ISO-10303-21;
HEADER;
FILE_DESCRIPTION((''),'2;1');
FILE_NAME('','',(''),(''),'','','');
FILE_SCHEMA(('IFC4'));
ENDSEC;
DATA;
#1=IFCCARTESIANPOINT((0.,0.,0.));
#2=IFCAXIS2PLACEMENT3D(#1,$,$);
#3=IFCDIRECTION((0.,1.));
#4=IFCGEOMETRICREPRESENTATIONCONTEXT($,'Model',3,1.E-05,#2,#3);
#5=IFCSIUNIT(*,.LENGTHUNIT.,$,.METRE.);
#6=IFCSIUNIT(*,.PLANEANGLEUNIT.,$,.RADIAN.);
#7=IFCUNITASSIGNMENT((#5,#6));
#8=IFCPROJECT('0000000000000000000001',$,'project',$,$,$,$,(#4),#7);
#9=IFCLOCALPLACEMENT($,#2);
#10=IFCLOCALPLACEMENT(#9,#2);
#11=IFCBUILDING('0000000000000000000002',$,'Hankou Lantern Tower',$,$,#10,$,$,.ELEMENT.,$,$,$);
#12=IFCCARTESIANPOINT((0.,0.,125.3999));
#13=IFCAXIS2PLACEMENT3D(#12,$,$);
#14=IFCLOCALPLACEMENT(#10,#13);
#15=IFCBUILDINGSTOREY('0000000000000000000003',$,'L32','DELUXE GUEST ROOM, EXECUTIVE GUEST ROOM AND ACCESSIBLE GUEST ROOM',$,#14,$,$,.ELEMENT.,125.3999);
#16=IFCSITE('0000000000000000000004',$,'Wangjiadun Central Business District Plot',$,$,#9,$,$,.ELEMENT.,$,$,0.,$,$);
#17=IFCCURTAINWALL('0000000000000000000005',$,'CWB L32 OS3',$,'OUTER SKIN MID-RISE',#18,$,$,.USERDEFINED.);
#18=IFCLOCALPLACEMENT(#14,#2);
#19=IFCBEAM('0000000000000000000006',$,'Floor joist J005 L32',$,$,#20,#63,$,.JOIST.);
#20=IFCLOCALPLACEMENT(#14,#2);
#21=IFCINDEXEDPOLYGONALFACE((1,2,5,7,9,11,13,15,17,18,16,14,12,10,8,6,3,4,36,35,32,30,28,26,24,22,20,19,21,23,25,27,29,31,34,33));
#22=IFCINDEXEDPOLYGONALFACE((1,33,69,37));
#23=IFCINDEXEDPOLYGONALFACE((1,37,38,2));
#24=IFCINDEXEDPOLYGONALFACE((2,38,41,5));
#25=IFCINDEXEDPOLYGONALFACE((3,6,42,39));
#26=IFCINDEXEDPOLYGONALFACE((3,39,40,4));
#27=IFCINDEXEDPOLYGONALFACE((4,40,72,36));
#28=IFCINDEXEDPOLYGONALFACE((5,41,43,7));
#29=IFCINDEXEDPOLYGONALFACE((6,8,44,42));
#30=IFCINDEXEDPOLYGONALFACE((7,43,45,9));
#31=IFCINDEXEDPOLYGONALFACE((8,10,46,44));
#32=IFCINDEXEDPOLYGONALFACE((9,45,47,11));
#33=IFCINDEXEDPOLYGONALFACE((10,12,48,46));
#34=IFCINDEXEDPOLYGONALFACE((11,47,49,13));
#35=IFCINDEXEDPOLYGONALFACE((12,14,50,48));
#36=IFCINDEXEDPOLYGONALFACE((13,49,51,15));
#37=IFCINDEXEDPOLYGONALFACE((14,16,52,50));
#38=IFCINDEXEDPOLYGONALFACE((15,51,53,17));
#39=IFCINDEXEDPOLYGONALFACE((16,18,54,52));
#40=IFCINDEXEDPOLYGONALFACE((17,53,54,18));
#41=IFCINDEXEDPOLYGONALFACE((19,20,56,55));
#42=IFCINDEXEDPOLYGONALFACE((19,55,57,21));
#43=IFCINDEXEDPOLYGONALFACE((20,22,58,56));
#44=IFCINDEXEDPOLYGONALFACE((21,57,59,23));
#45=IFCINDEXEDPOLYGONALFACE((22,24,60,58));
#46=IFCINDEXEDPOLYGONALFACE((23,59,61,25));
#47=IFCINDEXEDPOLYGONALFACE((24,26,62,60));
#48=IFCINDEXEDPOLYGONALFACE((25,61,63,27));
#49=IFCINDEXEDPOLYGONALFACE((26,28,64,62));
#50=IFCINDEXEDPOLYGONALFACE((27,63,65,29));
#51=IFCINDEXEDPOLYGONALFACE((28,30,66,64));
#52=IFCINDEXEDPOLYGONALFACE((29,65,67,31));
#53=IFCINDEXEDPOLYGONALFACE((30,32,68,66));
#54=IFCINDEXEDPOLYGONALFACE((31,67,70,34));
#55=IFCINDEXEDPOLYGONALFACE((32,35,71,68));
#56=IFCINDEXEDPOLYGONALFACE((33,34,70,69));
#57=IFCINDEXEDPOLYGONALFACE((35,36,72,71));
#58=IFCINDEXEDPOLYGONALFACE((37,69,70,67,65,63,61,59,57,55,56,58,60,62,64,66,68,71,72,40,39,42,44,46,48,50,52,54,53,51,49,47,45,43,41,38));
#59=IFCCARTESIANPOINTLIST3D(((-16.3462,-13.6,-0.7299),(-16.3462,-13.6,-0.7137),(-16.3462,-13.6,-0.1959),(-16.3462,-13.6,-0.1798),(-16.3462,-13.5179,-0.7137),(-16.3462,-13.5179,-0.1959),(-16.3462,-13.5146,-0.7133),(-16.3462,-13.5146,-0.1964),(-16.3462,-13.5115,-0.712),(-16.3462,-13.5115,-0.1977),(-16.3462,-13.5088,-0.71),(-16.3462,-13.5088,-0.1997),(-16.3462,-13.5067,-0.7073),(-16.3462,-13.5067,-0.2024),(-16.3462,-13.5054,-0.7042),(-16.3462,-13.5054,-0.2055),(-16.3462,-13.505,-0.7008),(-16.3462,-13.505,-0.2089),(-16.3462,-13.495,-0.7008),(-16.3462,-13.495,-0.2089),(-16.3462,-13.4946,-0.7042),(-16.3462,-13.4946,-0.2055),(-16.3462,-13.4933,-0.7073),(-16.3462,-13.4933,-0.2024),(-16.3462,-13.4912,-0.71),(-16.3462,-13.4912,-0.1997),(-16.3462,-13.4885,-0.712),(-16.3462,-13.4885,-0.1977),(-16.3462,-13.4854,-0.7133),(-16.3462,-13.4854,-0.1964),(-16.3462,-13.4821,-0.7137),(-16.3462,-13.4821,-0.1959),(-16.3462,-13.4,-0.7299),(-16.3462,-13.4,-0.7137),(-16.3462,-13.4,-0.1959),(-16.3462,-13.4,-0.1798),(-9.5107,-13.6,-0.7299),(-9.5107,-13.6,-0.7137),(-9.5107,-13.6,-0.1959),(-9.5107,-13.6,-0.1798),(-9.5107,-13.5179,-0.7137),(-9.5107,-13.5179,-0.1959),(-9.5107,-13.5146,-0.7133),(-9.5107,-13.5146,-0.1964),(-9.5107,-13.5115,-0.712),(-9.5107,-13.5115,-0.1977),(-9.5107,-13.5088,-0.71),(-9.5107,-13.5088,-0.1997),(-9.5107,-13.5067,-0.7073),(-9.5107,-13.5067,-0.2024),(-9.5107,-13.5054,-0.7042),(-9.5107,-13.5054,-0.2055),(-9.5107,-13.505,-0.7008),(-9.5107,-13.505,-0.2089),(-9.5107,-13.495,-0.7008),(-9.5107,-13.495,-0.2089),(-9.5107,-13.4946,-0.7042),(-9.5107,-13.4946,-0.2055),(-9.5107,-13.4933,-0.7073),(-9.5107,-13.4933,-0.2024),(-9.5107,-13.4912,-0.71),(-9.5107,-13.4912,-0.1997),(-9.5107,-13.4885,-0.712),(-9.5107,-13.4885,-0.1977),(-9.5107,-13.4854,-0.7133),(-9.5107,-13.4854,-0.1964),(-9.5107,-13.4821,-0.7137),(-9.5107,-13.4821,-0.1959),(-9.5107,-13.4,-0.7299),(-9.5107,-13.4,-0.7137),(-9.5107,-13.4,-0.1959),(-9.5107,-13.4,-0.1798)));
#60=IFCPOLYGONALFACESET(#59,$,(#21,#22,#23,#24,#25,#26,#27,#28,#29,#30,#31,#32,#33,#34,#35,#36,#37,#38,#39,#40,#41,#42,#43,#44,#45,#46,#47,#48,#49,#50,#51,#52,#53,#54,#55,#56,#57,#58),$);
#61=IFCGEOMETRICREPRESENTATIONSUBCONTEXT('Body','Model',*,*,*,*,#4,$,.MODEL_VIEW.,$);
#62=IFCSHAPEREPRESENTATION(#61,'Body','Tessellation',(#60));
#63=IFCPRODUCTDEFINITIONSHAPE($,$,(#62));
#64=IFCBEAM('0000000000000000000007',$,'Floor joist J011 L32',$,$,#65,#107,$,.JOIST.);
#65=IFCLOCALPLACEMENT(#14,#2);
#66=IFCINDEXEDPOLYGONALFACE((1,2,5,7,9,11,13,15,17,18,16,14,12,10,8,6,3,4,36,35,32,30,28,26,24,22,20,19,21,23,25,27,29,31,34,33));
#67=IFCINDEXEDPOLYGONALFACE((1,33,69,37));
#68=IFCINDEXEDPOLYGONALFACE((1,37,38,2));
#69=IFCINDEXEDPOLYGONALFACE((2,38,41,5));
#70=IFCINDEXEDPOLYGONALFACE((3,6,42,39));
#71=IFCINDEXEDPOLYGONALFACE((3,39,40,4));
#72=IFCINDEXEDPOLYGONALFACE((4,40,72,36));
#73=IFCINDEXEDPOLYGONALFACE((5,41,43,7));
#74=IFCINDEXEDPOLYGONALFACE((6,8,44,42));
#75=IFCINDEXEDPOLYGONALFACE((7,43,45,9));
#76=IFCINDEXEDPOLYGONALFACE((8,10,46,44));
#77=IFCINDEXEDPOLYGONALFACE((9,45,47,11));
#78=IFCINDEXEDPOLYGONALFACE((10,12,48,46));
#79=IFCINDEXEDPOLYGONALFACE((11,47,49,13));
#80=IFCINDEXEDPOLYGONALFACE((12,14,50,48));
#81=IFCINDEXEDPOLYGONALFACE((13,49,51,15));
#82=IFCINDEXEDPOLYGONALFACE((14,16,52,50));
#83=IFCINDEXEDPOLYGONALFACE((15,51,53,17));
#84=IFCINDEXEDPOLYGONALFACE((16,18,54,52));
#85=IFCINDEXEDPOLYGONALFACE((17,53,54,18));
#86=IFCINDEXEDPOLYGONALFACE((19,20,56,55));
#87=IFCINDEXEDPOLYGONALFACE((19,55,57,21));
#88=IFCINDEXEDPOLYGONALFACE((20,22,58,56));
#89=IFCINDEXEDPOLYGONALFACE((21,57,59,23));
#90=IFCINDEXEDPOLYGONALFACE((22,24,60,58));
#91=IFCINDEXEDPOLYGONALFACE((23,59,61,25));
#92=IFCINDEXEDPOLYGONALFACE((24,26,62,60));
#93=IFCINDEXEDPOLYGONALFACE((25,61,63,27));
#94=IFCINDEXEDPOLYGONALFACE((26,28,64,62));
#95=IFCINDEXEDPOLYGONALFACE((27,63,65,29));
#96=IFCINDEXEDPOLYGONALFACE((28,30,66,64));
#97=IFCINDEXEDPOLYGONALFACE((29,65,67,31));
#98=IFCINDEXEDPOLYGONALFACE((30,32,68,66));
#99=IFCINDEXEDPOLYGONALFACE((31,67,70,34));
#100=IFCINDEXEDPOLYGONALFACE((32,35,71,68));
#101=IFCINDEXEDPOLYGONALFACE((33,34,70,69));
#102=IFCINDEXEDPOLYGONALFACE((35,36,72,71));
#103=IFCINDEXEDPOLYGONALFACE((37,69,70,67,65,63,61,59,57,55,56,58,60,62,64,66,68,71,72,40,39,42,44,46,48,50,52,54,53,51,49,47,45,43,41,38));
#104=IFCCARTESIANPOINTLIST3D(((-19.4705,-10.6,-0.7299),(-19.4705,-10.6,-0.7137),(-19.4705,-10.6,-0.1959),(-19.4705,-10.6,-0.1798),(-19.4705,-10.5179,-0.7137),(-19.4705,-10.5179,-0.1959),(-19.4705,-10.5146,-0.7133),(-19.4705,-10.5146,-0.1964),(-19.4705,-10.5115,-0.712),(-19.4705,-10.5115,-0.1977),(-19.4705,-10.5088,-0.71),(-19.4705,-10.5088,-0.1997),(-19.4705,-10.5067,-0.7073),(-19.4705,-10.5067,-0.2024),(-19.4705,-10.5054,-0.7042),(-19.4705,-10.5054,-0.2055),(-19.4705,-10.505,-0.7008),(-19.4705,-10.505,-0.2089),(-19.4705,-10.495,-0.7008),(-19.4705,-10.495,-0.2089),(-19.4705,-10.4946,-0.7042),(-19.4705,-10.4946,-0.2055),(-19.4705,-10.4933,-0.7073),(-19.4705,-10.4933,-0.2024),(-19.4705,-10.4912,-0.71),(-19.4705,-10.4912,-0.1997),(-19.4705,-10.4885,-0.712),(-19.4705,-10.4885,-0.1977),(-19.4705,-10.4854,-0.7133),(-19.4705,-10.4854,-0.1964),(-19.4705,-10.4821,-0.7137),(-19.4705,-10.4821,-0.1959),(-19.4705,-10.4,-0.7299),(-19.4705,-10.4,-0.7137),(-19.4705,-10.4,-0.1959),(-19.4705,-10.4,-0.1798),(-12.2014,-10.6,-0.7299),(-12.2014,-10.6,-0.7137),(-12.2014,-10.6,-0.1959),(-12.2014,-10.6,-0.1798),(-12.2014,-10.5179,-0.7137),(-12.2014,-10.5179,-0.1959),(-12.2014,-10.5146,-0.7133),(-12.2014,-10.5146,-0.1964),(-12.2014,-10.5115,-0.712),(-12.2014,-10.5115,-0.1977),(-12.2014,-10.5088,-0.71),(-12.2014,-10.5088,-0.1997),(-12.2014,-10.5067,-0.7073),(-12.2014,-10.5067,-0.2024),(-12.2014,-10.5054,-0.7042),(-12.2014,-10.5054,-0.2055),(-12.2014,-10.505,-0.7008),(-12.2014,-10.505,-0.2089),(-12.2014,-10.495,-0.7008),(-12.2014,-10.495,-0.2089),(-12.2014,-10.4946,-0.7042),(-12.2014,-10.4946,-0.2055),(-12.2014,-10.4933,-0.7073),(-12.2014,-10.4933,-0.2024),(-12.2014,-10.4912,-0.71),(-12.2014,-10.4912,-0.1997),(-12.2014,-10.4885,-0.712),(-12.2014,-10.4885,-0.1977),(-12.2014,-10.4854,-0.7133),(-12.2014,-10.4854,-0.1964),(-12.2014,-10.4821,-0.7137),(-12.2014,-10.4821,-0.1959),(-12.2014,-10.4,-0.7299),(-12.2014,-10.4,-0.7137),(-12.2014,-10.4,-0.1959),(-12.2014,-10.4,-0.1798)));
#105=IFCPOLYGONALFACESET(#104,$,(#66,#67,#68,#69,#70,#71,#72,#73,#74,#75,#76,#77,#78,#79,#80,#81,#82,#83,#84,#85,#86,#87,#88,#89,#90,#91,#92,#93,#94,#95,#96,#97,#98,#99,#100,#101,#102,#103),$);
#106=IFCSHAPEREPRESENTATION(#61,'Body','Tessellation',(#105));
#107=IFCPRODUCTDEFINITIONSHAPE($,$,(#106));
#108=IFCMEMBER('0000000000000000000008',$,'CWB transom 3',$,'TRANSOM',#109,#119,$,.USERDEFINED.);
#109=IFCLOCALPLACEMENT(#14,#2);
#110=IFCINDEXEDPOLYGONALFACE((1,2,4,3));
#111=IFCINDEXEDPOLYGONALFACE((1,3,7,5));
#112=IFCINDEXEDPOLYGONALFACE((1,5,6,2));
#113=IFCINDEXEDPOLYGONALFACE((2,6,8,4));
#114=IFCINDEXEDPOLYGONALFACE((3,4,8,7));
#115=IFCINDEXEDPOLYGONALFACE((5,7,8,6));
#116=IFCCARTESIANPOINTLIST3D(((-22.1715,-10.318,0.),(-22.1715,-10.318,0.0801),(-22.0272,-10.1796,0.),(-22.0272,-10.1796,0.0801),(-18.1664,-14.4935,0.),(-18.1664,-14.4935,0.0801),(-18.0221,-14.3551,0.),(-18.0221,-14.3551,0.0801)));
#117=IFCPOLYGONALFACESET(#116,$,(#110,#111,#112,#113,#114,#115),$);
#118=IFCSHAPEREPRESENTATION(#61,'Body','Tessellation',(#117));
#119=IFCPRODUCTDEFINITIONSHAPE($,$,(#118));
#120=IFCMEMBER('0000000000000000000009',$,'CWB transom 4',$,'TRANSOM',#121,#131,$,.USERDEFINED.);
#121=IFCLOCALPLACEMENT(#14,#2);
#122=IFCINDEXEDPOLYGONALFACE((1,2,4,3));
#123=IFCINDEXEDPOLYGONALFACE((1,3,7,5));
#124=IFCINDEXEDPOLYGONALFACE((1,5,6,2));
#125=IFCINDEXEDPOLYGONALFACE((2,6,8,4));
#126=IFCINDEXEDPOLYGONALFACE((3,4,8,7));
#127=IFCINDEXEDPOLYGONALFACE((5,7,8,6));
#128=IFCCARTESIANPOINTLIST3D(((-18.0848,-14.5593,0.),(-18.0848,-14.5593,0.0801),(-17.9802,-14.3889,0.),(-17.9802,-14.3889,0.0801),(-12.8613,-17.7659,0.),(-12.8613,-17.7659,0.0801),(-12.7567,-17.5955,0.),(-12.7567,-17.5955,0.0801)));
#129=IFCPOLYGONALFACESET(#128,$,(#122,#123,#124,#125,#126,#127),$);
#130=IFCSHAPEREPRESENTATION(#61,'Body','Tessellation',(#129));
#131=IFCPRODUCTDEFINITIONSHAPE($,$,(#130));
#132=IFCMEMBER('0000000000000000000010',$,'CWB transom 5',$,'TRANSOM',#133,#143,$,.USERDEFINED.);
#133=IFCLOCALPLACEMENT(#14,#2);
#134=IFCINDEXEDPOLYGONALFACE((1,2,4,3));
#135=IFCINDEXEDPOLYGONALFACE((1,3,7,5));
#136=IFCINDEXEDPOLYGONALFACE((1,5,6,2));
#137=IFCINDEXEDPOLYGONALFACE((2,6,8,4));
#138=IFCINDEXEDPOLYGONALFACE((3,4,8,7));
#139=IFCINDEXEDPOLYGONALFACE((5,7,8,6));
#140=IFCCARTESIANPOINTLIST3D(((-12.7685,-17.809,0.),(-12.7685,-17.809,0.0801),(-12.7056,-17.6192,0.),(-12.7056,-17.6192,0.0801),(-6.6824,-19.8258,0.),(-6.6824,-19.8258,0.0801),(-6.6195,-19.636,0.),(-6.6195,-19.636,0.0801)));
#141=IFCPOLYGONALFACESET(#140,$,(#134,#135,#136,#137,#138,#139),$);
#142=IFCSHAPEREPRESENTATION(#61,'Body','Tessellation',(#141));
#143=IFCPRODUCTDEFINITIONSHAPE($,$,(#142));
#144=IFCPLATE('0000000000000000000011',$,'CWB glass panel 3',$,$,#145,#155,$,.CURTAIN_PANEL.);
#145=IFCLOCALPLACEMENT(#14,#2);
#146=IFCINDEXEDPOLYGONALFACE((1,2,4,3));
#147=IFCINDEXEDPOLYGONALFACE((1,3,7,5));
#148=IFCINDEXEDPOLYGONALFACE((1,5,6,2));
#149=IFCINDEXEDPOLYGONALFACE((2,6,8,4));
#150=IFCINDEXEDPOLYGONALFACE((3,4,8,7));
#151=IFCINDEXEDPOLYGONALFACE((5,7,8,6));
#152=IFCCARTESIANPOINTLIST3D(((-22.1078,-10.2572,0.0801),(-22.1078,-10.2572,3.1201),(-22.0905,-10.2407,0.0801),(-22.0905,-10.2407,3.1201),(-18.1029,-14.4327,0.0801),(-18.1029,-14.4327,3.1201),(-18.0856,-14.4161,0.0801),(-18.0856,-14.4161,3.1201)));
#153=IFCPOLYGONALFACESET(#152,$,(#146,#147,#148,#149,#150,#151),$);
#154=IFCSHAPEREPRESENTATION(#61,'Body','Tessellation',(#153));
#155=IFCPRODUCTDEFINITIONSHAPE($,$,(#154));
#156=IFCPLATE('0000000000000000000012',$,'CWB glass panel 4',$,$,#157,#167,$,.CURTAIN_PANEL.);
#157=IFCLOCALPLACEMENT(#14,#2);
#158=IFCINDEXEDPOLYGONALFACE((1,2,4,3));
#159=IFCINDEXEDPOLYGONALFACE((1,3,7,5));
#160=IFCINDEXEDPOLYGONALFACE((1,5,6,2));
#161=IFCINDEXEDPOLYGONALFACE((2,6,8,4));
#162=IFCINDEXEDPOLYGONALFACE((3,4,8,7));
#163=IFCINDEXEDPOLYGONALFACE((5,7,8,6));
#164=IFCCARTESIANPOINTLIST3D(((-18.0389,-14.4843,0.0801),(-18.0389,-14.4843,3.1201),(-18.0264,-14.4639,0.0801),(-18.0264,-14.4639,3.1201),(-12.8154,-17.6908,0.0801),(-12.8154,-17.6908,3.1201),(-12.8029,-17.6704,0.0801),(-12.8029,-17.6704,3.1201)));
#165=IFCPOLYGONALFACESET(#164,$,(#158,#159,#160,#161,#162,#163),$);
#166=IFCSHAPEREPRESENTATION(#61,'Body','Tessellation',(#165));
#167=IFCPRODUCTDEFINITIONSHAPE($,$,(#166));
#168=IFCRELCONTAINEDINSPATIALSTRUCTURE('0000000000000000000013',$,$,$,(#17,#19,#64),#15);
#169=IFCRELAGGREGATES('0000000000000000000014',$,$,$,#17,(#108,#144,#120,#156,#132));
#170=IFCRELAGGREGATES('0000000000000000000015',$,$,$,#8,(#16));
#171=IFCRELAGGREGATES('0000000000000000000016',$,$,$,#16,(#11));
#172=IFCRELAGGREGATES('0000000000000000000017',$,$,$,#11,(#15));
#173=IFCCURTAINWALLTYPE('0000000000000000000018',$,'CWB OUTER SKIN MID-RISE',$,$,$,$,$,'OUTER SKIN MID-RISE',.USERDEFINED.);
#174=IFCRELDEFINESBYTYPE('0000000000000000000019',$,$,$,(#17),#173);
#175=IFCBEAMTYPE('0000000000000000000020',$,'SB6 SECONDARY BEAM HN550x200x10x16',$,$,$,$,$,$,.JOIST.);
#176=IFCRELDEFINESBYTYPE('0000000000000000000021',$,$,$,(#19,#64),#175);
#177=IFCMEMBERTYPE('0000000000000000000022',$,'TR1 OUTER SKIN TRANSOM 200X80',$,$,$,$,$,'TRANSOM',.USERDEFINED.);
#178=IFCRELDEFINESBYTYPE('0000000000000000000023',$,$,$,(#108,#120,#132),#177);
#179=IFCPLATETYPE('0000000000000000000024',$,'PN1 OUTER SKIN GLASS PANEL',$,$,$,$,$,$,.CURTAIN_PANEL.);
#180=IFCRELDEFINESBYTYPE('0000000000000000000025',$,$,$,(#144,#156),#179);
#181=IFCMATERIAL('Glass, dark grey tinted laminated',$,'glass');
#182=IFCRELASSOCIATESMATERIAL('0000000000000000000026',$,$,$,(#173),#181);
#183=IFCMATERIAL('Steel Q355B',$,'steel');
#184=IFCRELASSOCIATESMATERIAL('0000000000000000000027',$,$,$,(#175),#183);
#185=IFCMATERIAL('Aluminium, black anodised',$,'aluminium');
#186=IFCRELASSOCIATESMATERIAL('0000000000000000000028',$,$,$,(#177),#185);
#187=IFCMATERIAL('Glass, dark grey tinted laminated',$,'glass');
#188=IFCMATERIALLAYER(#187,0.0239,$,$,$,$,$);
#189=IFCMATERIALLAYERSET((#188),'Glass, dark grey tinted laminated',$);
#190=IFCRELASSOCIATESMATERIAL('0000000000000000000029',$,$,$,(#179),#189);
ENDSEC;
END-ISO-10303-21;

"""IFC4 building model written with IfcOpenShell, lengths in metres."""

from ifc_helpers import new_model, si_unit, direction, frame, origin, origin_2d, place, context, subcontext, project, spatial, rectangle, i_section, extrude, material, layer, layer_set, material_profile, profile_set, type_object, element, aggregate, save


model = new_model("IFC4")

# Units and contexts
model_context = context("Model", 3, precision=1e-05, world=origin(), true_north=direction((0.0, 1.0)))
body_context = subcontext(model_context, "Body", "Model", "MODEL_VIEW")
ifc_project = project(units=[si_unit("LENGTHUNIT", "METRE"), si_unit("PLANEANGLEUNIT", "RADIAN")], contexts=[model_context])

# Site, building, storey
site_placement = place(None, origin())
site = spatial("IfcSite", under=ifc_project, at=site_placement, Name="Wangjiadun Central Business District Plot", CompositionType="ELEMENT", RefElevation=0.0)
building_placement = place(site_placement, origin())
building = spatial("IfcBuilding", under=site, at=building_placement, Name="Hankou Lantern Tower", CompositionType="ELEMENT")
storey_placement = place(building_placement, frame((0.0, 0.0, 125.3999)))
storey = spatial("IfcBuildingStorey", under=building, at=storey_placement, Name="L32", Description="DELUXE GUEST ROOM, EXECUTIVE GUEST ROOM AND ACCESSIBLE GUEST ROOM", CompositionType="ELEMENT", Elevation=125.3999)

# Curtain wall
ifc_material_1 = material(Name="Glass, dark grey tinted laminated", Category="glass")
curtain_wall_type = type_object("IfcCurtainWallType", Name="CWB OUTER SKIN MID-RISE", ElementType="OUTER SKIN MID-RISE", PredefinedType="USERDEFINED", material=ifc_material_1)
curtain_wall_placement = place(storey_placement, origin())
curtain_wall = element("IfcCurtainWall", 1, at=curtain_wall_placement, inside=storey, type_object=curtain_wall_type, Name="CWB L32 OS3", ObjectType="OUTER SKIN MID-RISE", PredefinedType="USERDEFINED")

# Beams
ifc_material_2 = material(Name="Steel Q355B", Category="steel")
ifc_material_profile_1 = material_profile(ifc_material_2, i_section(OverallWidth=0.2, OverallDepth=0.55, WebThickness=0.01, FlangeThickness=0.0161, FilletRadius=0.0129, at=origin_2d()), Name="HN550x200x10x16")
ifc_profile_set_1 = profile_set([ifc_material_profile_1], Name="Steel Q355B")
beam_type_1 = type_object("IfcBeamType", Name="SB6 SECONDARY BEAM HN550x200x10x16", PredefinedType="JOIST", material=ifc_profile_set_1)
beam_1_placement = place(storey_placement, frame((-16.3462, -13.5, -0.4548), z_axis=(1.0, 0.0, 0.0), x_axis=(0.0, 1.0, 0.0)))
element("IfcBeam", 2, at=beam_1_placement, inside=storey, type_object=beam_type_1, Name="Floor joist J005 L32", PredefinedType="JOIST", context=body_context, shape_type="SweptSolid", body=[
    extrude(i_section(OverallWidth=0.2, OverallDepth=0.55, WebThickness=0.01, FlangeThickness=0.0161, FilletRadius=0.0129, at=origin_2d()), origin(), (0.0, 0.0, 1.0), 6.8354),
])
beam_2_placement = place(storey_placement, frame((-19.4705, -10.5, -0.4548), z_axis=(1.0, 0.0, 0.0), x_axis=(0.0, 1.0, 0.0)))
element("IfcBeam", 3, at=beam_2_placement, inside=storey, type_object=beam_type_1, Name="Floor joist J011 L32", PredefinedType="JOIST", context=body_context, shape_type="SweptSolid", body=[
    extrude(i_section(OverallWidth=0.2, OverallDepth=0.55, WebThickness=0.01, FlangeThickness=0.0161, FilletRadius=0.0129, at=origin_2d()), origin(), (0.0, 0.0, 1.0), 7.269),
])

# Members
ifc_material_3 = material(Name="Aluminium, black anodised", Category="aluminium")
ifc_material_profile_2 = material_profile(ifc_material_3, rectangle(XDim=0.2, YDim=0.0801, at=origin_2d()), Name="TR1 200X80")
ifc_profile_set_2 = profile_set([ifc_material_profile_2], Name="Aluminium, black anodised")
member_type_1 = type_object("IfcMemberType", Name="TR1 OUTER SKIN TRANSOM 200X80", ElementType="TRANSOM", PredefinedType="USERDEFINED", material=ifc_profile_set_2)
member_1_placement = place(storey_placement, frame((-22.0994, -10.2488, 0.04), z_axis=(0.692227, -0.72168, 0.0), x_axis=(0.72168, 0.692227, 0.0)))
member_1 = element("IfcMember", 4, at=member_1_placement, type_object=member_type_1, Name="CWB transom 3", ObjectType="TRANSOM", PredefinedType="USERDEFINED", context=body_context, shape_type="SweptSolid", body=[
    extrude(rectangle(XDim=0.2, YDim=0.0801, at=origin_2d()), origin(), (0.0, 0.0, 1.0), 5.7859),
])
member_2_placement = place(storey_placement, frame((-18.0325, -14.4741, 0.04), z_axis=(0.852229, -0.523168, 0.0), x_axis=(0.523168, 0.852229, 0.0)))
member_2 = element("IfcMember", 5, at=member_2_placement, type_object=member_type_1, Name="CWB transom 4", ObjectType="TRANSOM", PredefinedType="USERDEFINED", context=body_context, shape_type="SweptSolid", body=[
    extrude(rectangle(XDim=0.2, YDim=0.0801, at=origin_2d()), origin(), (0.0, 0.0, 1.0), 6.1292),
])
member_3_placement = place(storey_placement, frame((-12.7371, -17.7141, 0.04), z_axis=(0.949238, -0.314559, 0.0), x_axis=(0.314559, 0.949238, 0.0)))
member_3 = element("IfcMember", 6, at=member_3_placement, type_object=member_type_1, Name="CWB transom 5", ObjectType="TRANSOM", PredefinedType="USERDEFINED", context=body_context, shape_type="SweptSolid", body=[
    extrude(rectangle(XDim=0.2, YDim=0.0801, at=origin_2d()), origin(), (0.0, 0.0, 1.0), 6.4116),
])

# Plates
ifc_material_4 = material(Name="Glass, dark grey tinted laminated", Category="glass")
ifc_layer_1 = layer(ifc_material_4, 0.0239)
ifc_layer_set_1 = layer_set([ifc_layer_1], Name="Glass, dark grey tinted laminated")
plate_type = type_object("IfcPlateType", Name="PN1 OUTER SKIN GLASS PANEL", PredefinedType="CURTAIN_PANEL", material=ifc_layer_set_1)
plate_1_placement = place(storey_placement, frame((-20.0967, -12.3367, 0.0801), z_axis=(0.0, 0.0, 1.0), x_axis=(0.692216, -0.721691, 0.0)))
plate_1 = element("IfcPlate", 7, at=plate_1_placement, type_object=plate_type, Name="CWB glass panel 3", PredefinedType="CURTAIN_PANEL", context=body_context, shape_type="SweptSolid", body=[
    extrude(rectangle(XDim=5.7856, YDim=0.0239, at=origin_2d()), origin(), (0.0, 0.0, 1.0), 3.04),
])
plate_2_placement = place(storey_placement, frame((-15.4209, -16.0774, 0.0801), z_axis=(0.0, 0.0, 1.0), x_axis=(0.852237, -0.523156, 0.0)))
plate_2 = element("IfcPlate", 8, at=plate_2_placement, type_object=plate_type, Name="CWB glass panel 4", PredefinedType="CURTAIN_PANEL", context=body_context, shape_type="SweptSolid", body=[
    extrude(rectangle(XDim=6.1292, YDim=0.0239, at=origin_2d()), origin(), (0.0, 0.0, 1.0), 3.04),
])
aggregate(curtain_wall, [member_1, plate_1, member_2, plate_2, member_3])

save(model, "model.ifc")
